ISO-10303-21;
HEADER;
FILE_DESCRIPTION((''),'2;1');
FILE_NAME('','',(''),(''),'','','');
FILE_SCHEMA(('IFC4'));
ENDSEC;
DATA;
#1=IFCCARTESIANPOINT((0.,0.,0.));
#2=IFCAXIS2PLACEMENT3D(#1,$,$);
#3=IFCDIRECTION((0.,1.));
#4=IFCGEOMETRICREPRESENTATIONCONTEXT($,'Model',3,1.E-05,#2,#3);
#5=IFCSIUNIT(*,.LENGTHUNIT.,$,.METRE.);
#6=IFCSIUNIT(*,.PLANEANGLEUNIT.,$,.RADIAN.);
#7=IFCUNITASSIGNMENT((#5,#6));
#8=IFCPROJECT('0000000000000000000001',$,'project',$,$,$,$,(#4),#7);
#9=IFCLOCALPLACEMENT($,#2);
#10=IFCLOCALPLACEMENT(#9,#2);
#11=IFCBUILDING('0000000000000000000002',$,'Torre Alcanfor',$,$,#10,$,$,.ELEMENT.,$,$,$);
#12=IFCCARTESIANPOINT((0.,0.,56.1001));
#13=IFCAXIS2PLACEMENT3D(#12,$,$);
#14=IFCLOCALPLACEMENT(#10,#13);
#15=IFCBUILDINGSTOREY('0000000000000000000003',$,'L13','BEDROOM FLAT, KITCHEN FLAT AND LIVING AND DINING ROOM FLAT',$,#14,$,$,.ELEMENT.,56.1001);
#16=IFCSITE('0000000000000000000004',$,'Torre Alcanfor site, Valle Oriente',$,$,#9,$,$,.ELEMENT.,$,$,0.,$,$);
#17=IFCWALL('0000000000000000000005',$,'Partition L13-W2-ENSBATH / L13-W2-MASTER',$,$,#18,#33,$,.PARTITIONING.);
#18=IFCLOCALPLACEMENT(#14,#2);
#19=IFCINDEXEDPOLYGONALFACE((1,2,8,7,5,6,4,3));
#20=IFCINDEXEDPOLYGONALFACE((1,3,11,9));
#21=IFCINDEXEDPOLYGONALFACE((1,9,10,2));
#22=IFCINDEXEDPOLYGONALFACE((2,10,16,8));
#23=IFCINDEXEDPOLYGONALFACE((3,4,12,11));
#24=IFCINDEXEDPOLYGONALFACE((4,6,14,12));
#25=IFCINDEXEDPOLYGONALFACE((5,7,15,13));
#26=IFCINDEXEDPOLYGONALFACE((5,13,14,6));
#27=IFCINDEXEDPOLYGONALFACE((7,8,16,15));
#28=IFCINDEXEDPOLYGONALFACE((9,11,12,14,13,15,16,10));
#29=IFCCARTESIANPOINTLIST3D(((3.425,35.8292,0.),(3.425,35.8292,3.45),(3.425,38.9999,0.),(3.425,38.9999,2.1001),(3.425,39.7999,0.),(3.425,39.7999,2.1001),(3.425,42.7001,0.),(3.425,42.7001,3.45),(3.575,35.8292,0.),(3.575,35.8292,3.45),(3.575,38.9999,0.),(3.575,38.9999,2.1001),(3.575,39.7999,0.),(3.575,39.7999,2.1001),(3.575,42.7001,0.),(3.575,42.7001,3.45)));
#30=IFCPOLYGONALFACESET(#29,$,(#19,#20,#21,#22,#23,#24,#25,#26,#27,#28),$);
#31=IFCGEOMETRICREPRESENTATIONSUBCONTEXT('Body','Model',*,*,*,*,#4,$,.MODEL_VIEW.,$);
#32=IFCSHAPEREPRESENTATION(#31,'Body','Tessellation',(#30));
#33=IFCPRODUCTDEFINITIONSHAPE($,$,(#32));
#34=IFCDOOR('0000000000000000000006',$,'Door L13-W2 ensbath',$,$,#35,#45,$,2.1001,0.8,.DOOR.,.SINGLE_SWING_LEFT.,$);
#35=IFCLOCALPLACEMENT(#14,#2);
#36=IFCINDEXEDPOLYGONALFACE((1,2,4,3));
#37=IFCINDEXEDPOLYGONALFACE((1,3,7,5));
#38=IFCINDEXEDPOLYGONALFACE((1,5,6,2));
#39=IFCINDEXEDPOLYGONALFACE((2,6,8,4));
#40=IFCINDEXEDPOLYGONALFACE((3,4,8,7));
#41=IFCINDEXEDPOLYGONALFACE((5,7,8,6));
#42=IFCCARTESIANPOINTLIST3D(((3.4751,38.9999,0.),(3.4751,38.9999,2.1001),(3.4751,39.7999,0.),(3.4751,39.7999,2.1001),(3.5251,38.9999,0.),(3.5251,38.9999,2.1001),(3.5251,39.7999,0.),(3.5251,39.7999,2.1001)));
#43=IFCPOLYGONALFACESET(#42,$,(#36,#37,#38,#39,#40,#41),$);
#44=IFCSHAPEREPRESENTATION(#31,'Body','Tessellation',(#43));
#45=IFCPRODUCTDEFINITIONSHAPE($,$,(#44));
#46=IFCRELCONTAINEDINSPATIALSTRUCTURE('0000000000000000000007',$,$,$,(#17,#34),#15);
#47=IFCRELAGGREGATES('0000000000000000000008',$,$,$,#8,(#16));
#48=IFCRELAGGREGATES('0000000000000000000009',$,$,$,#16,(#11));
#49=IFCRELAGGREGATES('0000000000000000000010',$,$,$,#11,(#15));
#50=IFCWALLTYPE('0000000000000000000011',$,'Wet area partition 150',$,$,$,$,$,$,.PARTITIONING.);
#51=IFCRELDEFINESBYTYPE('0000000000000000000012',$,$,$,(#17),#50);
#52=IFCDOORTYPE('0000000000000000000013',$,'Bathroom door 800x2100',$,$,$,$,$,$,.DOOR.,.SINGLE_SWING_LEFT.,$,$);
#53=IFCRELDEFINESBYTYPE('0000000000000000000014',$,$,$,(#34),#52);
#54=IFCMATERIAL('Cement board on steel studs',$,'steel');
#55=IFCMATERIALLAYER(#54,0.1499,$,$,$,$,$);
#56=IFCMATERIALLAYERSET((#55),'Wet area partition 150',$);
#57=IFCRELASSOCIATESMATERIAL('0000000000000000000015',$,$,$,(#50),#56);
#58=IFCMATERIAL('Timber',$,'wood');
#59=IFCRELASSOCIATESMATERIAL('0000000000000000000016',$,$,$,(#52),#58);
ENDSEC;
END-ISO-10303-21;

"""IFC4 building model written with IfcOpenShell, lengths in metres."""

from ifc_helpers import new_model, si_unit, direction, frame, frame_2d, origin, place, context, subcontext, project, spatial, rectangle, extrude, material, layer, layer_set, type_object, element, fill, save


model = new_model("IFC4")

# Units and contexts
model_context = context("Model", 3, precision=1e-05, world=origin(), true_north=direction((0.0, 1.0)))
body_context = subcontext(model_context, "Body", "Model", "MODEL_VIEW")
ifc_project = project(units=[si_unit("LENGTHUNIT", "METRE"), si_unit("PLANEANGLEUNIT", "RADIAN")], contexts=[model_context])

# Site, building, storey
site_placement = place(None, origin())
site = spatial("IfcSite", under=ifc_project, at=site_placement, Name="Torre Alcanfor site, Valle Oriente", CompositionType="ELEMENT", RefElevation=0.0)
building_placement = place(site_placement, origin())
building = spatial("IfcBuilding", under=site, at=building_placement, Name="Torre Alcanfor", CompositionType="ELEMENT")
storey_placement = place(building_placement, frame((0.0, 0.0, 56.1001)))
storey = spatial("IfcBuildingStorey", under=building, at=storey_placement, Name="L13", Description="BEDROOM FLAT, KITCHEN FLAT AND LIVING AND DINING ROOM FLAT", CompositionType="ELEMENT", Elevation=56.1001)

# Shared definitions
ifc_material_1 = material(Name="Cement board on steel studs", Category="steel")
ifc_layer_1 = layer(ifc_material_1, 0.1499)
ifc_layer_set_1 = layer_set([ifc_layer_1], Name="Wet area partition 150")
wall_type_1 = type_object("IfcWallType", Name="Wet area partition 150", PredefinedType="PARTITIONING", material=ifc_layer_set_1)

# Wall, opening, door
wall_1_placement = place(storey_placement, frame((3.5, 35.8291, 0.0), z_axis=(0.0, 0.0, 1.0), x_axis=(0.0, 1.0, 0.0)))
wall_1 = element("IfcWall", 1, at=wall_1_placement, inside=storey, type_object=wall_type_1, Name="Partition L13-W2-ENSBATH / L13-W2-MASTER", PredefinedType="PARTITIONING", context=body_context, shape_type="SweptSolid", body=[
    extrude(rectangle(XDim=6.8708, YDim=0.1499, at=frame_2d((3.4355, 0.0))), origin(), (0.0, 0.0, 1.0), 3.45),
])
opening_1_placement = place(wall_1_placement, frame((3.1709, 0.0, 0.0)))
opening_1 = element("IfcOpeningElement", 2, at=opening_1_placement, cuts=wall_1, PredefinedType="OPENING", context=body_context, shape_type="SweptSolid", body=[
    extrude(rectangle(XDim=0.8, YDim=2.1001, at=frame_2d((0.3999, 1.05))), frame((0.0, 0.085, 0.0), z_axis=(0.0, -1.0, 0.0), x_axis=(1.0, 0.0, 0.0)), (0.0, 0.0, 1.0), 0.1699),
])
ifc_material_2 = material(Name="Timber", Category="wood")
door_type_1 = type_object("IfcDoorType", Name="Bathroom door 800x2100", OperationType="SINGLE_SWING_LEFT", PredefinedType="DOOR", material=ifc_material_2)
door_1_placement = place(opening_1_placement, frame((0.8, 0.0, 0.0), z_axis=(0.0, 0.0, 1.0), x_axis=(-1.0, 0.0, 0.0)))
door_1 = element("IfcDoor", 3, at=door_1_placement, inside=storey, type_object=door_type_1, Name="Door L13-W2 ensbath", OperationType="SINGLE_SWING_LEFT", OverallHeight=2.1001, OverallWidth=0.8, PredefinedType="DOOR", context=body_context, shape_type="SweptSolid", body=[
    extrude(rectangle(XDim=0.8, YDim=2.1001, at=frame_2d((0.4001, 1.05))), frame((0.0, 0.0251, 0.0), z_axis=(0.0, -1.0, 0.0), x_axis=(1.0, 0.0, 0.0)), (0.0, 0.0, 1.0), 0.05),
])
fill(opening_1, door_1)

save(model, "model.ifc")
